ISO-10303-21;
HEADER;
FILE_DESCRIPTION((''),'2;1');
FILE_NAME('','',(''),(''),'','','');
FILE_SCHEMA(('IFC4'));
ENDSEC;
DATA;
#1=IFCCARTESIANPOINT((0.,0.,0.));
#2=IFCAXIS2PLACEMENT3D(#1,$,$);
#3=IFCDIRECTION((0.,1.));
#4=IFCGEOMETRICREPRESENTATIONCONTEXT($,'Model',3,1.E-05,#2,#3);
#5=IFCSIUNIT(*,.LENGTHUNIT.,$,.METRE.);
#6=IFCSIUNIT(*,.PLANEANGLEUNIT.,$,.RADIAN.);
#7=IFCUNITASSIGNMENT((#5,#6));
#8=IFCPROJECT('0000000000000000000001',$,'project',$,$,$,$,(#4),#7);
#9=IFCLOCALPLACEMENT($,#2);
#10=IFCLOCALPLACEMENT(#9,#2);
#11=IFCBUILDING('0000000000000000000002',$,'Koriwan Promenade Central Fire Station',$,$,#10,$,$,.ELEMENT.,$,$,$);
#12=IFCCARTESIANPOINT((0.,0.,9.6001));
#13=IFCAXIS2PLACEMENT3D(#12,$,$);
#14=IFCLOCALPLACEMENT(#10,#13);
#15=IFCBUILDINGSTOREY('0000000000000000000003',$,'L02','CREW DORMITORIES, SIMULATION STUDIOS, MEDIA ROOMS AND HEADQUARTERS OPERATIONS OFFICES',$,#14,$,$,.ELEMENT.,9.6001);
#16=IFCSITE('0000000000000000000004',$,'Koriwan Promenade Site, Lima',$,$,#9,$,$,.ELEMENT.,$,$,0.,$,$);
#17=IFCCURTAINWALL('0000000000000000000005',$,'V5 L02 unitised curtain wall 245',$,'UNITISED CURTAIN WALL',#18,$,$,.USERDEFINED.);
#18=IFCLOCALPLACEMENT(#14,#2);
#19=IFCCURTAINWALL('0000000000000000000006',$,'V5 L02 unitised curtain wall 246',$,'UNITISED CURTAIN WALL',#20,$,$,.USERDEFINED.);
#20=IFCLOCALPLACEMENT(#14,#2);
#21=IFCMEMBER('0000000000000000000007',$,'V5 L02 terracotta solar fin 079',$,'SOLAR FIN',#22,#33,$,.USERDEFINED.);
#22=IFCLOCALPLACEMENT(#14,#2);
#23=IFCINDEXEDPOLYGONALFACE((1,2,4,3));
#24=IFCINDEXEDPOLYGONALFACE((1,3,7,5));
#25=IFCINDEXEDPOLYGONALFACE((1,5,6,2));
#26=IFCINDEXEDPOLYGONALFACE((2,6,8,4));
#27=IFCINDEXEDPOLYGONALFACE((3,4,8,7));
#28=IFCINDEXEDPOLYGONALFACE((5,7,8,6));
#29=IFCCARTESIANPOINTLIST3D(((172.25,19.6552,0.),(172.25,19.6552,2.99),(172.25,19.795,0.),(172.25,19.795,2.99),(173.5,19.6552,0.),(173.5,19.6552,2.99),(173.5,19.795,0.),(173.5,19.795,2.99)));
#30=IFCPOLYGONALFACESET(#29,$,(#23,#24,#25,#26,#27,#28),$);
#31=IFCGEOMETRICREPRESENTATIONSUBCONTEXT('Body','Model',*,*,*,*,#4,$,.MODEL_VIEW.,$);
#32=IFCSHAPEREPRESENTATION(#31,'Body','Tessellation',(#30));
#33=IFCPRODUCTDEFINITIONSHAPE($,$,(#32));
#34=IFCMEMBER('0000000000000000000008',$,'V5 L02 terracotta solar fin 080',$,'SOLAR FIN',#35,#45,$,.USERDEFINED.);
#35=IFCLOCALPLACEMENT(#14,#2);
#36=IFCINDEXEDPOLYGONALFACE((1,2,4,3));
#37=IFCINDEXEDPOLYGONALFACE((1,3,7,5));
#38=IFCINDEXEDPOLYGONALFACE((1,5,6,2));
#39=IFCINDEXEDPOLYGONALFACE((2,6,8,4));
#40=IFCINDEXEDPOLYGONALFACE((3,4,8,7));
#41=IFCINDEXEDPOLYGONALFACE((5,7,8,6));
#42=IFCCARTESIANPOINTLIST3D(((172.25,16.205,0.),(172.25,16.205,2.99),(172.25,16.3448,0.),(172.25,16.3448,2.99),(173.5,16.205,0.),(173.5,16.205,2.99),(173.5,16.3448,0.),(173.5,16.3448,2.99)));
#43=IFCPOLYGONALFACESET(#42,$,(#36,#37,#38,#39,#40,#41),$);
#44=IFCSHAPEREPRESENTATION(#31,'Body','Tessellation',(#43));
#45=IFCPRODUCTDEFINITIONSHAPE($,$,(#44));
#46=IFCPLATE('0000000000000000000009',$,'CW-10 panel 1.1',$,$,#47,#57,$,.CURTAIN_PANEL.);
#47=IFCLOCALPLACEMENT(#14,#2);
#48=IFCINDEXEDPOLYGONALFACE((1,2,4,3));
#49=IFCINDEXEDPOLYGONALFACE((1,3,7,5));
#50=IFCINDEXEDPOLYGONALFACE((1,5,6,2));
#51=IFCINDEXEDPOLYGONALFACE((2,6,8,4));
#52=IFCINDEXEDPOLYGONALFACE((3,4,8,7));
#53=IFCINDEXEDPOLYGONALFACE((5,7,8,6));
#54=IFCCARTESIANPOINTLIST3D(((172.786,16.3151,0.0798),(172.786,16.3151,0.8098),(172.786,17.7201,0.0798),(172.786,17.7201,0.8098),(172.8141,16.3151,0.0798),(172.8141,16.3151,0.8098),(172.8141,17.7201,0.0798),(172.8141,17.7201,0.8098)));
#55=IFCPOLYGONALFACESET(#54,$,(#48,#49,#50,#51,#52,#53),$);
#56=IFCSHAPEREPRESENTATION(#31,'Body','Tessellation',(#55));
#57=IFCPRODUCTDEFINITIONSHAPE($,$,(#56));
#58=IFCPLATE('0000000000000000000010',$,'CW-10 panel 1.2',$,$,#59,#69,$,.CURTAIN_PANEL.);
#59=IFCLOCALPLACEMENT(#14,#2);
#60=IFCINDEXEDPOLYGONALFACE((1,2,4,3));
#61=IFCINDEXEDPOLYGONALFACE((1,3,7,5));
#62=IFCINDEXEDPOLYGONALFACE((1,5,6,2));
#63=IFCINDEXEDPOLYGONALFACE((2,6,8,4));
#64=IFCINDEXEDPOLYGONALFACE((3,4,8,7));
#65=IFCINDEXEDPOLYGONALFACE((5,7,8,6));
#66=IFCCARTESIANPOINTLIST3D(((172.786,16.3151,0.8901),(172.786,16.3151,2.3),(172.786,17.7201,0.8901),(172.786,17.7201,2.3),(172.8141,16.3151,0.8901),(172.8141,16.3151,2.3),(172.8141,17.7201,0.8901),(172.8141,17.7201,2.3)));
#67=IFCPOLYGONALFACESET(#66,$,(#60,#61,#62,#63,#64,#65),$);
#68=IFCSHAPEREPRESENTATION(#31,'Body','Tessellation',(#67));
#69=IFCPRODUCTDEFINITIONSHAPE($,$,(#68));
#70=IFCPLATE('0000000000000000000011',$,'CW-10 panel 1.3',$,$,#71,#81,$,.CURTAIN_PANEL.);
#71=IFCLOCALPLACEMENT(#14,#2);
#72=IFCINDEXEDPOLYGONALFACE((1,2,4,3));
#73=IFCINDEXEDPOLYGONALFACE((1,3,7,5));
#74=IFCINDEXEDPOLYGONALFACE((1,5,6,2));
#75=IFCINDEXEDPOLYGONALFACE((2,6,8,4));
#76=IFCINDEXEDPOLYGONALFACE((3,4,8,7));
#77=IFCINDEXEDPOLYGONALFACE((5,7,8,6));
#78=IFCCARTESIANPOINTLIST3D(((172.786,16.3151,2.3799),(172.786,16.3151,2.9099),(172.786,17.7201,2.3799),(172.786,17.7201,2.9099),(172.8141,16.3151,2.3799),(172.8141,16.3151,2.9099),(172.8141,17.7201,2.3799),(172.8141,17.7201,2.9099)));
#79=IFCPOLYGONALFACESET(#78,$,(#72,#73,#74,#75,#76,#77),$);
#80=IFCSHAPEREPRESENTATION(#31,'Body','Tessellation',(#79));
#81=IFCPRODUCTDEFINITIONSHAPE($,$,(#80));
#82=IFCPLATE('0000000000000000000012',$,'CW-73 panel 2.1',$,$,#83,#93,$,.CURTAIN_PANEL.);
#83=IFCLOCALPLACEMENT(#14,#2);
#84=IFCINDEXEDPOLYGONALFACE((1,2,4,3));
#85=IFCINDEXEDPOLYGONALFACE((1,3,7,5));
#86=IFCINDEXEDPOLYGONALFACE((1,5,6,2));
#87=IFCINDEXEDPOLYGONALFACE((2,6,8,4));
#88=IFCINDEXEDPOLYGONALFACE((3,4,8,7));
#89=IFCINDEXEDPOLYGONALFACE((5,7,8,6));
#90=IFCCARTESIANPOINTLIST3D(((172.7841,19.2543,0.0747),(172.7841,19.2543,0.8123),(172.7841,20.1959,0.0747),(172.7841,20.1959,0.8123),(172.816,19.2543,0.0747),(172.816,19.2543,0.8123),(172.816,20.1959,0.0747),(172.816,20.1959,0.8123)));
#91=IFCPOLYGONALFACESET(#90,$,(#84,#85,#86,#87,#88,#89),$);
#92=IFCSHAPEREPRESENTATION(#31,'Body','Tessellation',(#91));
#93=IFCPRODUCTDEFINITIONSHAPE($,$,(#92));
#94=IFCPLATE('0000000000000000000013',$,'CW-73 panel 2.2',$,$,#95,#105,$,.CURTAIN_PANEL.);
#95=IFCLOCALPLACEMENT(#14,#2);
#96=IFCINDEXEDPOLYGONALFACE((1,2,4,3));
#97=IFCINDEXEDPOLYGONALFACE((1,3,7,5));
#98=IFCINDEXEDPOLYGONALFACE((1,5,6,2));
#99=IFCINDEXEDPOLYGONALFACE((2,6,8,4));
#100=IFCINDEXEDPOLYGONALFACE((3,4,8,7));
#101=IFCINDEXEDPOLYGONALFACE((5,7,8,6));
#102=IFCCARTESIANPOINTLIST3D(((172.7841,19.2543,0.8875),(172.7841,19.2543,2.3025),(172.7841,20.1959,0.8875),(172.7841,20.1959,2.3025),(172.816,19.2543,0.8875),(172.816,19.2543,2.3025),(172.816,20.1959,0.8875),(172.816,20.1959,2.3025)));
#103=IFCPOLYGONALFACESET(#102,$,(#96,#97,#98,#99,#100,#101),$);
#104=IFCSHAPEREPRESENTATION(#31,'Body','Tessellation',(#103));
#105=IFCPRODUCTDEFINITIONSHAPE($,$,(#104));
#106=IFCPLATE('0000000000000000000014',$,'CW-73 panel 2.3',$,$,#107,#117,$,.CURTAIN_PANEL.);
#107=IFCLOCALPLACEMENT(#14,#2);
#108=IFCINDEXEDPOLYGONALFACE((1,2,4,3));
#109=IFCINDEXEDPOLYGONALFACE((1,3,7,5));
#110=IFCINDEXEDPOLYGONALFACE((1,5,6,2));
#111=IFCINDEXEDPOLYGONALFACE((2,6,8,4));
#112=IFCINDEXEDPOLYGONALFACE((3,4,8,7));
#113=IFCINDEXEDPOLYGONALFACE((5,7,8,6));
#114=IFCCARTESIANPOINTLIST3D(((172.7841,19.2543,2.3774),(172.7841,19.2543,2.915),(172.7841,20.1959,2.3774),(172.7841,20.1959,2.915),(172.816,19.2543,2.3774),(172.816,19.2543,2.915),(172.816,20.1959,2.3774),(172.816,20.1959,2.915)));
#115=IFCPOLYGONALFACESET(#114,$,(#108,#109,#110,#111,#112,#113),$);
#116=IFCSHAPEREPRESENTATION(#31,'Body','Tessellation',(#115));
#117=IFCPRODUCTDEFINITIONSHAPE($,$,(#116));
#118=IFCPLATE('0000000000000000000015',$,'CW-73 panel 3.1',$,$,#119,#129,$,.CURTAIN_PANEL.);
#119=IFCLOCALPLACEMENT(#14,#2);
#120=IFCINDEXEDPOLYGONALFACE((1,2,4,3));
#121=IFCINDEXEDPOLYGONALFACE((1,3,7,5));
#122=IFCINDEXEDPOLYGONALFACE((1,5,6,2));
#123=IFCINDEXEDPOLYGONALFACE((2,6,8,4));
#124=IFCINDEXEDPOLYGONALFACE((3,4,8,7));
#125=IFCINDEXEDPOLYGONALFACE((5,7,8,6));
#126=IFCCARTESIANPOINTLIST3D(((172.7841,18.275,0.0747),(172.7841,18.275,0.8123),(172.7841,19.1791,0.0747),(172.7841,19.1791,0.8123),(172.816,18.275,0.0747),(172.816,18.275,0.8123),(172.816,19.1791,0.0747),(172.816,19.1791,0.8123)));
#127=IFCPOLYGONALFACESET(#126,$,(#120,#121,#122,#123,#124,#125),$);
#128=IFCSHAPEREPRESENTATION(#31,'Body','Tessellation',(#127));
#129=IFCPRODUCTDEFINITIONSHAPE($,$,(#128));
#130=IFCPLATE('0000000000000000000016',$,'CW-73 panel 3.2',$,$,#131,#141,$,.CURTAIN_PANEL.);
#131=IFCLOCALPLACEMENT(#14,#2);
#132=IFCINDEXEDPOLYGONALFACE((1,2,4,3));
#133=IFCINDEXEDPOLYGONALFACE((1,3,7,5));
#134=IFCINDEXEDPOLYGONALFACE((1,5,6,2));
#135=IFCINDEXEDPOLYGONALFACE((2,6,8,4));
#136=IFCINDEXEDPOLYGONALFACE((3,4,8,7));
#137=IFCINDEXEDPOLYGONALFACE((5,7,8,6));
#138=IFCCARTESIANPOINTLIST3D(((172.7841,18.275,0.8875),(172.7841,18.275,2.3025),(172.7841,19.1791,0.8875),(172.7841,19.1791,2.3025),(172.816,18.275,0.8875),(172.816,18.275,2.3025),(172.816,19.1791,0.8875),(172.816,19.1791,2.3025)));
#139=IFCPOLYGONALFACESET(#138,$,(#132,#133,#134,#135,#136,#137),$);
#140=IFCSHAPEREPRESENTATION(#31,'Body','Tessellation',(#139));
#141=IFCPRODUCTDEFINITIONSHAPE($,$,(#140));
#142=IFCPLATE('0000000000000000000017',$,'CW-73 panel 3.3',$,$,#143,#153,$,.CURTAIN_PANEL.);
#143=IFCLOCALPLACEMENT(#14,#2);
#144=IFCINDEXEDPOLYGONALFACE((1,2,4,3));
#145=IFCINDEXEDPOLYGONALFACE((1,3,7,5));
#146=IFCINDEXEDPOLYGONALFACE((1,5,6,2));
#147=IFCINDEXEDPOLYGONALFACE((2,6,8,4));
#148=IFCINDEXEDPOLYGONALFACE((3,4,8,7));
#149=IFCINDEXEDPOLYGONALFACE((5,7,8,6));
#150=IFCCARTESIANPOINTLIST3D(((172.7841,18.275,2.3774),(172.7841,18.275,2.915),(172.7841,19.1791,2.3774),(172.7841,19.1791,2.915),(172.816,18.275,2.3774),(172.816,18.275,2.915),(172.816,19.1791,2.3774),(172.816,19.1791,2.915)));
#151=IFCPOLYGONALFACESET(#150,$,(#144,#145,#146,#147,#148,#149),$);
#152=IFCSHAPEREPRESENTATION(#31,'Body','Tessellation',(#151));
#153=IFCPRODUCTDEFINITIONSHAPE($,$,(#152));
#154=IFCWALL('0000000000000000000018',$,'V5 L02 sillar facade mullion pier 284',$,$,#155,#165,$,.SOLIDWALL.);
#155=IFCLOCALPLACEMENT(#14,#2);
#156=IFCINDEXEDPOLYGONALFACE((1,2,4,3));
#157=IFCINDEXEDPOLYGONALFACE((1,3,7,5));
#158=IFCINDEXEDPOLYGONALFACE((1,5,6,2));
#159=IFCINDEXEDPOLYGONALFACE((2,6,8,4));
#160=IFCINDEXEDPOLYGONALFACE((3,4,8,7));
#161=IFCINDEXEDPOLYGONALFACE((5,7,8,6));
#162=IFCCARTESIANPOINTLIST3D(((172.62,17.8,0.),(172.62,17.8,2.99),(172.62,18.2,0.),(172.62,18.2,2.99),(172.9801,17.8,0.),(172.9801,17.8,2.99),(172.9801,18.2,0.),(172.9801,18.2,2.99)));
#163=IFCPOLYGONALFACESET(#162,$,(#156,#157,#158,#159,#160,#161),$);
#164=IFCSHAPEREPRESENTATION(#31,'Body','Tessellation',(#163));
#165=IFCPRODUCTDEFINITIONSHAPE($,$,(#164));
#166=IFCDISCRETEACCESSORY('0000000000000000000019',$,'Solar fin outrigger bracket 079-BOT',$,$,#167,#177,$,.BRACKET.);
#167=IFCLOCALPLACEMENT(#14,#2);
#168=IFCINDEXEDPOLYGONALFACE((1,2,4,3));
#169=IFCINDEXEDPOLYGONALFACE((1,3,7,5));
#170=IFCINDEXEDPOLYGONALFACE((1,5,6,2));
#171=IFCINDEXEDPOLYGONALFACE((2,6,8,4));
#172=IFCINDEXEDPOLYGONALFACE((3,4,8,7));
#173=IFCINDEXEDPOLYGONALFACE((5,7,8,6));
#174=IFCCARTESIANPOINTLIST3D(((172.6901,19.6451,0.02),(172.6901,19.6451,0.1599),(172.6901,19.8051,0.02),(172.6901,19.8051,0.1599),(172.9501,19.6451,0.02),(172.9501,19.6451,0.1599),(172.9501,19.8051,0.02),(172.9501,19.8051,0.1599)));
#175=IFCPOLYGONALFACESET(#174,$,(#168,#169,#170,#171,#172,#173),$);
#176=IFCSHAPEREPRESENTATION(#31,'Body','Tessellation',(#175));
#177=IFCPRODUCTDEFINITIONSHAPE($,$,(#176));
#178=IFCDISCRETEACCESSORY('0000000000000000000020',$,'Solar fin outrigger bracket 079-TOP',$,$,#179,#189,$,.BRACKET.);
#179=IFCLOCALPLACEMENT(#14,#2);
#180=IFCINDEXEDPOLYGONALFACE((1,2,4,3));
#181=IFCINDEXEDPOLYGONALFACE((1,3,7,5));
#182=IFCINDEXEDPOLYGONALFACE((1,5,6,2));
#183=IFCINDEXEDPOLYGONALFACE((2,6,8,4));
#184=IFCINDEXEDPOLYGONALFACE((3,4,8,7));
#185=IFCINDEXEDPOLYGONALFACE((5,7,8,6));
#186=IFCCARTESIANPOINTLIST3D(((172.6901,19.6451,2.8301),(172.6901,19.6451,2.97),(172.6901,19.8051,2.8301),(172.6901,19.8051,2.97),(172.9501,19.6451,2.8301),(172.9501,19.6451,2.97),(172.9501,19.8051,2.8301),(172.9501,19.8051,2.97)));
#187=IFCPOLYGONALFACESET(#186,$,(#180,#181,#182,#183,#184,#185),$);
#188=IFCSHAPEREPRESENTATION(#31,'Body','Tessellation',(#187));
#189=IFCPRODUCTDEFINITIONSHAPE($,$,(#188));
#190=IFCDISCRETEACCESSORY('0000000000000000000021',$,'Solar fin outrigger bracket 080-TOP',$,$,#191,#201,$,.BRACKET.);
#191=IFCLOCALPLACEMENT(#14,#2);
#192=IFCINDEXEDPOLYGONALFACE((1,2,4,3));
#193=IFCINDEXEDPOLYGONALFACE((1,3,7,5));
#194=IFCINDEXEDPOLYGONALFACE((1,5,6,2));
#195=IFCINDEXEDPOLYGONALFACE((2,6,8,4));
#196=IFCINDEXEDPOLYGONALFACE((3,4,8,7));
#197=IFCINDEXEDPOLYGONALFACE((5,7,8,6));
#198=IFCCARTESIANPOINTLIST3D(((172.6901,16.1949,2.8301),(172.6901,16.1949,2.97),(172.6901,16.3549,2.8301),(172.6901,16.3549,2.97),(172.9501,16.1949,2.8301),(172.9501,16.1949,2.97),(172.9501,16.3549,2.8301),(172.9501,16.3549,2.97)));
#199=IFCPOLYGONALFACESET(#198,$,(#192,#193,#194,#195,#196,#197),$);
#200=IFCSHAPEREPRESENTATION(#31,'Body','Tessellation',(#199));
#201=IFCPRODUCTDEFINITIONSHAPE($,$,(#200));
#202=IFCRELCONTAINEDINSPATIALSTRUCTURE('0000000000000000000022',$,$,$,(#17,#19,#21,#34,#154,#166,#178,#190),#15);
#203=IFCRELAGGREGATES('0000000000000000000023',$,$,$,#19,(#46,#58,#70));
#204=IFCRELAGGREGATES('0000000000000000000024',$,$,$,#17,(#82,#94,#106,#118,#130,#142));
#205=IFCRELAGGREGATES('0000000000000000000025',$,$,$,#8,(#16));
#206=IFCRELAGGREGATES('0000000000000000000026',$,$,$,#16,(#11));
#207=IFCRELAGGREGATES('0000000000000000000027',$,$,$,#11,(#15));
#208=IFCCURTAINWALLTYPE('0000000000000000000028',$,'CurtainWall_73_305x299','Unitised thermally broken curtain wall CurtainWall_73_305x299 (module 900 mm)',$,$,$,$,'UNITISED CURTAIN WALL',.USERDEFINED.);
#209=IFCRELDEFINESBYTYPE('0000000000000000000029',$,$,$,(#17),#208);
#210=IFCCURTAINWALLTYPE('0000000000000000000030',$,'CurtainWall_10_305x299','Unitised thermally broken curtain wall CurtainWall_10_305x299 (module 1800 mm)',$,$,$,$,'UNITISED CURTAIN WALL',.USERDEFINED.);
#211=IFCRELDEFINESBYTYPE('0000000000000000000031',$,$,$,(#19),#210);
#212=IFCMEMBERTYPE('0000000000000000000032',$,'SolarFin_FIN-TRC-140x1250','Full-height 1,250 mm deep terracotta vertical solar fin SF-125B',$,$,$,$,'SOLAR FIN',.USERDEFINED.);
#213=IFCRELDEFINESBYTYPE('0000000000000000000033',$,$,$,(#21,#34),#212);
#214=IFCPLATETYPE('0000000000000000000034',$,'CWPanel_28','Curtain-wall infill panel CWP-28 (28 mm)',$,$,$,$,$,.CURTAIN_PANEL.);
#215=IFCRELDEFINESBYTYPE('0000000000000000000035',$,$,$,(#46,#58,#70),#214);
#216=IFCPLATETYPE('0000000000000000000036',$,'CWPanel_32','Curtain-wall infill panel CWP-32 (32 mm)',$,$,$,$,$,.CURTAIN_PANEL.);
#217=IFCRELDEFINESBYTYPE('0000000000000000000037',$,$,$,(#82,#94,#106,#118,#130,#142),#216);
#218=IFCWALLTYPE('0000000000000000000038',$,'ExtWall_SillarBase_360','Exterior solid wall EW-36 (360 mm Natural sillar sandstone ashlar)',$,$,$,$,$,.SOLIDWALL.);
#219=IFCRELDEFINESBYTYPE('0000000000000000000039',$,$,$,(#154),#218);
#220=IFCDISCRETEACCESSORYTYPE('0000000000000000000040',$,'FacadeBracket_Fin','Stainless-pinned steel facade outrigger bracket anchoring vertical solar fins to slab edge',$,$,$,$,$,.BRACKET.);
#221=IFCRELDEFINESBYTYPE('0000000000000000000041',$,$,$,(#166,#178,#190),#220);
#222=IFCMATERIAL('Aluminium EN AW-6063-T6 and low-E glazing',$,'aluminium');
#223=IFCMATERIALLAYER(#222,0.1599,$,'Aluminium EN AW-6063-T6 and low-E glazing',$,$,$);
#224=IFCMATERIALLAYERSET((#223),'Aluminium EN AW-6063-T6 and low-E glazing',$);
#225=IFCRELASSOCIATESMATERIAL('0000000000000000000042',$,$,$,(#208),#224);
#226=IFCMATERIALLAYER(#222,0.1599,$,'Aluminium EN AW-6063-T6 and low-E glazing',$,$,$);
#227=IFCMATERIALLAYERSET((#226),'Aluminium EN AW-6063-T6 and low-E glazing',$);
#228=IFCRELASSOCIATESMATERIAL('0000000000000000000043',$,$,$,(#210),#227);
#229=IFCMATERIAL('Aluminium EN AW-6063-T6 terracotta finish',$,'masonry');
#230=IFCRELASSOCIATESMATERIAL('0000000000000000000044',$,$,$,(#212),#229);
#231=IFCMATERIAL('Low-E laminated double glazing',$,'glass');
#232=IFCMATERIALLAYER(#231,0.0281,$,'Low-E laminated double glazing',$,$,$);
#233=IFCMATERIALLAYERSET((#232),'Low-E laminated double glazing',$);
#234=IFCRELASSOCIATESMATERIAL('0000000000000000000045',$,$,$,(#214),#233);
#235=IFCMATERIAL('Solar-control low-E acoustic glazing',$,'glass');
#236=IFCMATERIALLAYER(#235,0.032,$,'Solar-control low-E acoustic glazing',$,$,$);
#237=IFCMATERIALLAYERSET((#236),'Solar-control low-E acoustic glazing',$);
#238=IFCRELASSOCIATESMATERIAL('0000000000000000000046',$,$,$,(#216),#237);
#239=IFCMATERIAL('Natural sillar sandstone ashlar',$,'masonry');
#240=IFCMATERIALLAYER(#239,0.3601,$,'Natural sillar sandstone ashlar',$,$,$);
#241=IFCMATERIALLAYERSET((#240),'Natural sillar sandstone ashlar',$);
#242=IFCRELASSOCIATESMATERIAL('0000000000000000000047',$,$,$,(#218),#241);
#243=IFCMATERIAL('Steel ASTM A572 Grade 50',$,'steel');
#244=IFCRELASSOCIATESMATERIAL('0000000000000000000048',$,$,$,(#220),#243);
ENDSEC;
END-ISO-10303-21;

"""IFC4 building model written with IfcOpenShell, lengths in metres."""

from ifc_helpers import new_model, si_unit, direction, frame, frame_2d, origin, origin_2d, place, context, subcontext, project, spatial, rectangle, extrude, material, layer, layer_set, material_profile, profile_set, type_object, element, aggregate, save


model = new_model("IFC4")

# Units and contexts
model_context = context("Model", 3, precision=1e-05, world=origin(), true_north=direction((0.0, 1.0)))
body_context = subcontext(model_context, "Body", "Model", "MODEL_VIEW")
ifc_project = project(units=[si_unit("LENGTHUNIT", "METRE"), si_unit("PLANEANGLEUNIT", "RADIAN")], contexts=[model_context])

# Site, building, storey
site_placement = place(None, origin())
site = spatial("IfcSite", under=ifc_project, at=site_placement, Name="Koriwan Promenade Site, Lima", CompositionType="ELEMENT", RefElevation=0.0)
building_placement = place(site_placement, origin())
building = spatial("IfcBuilding", under=site, at=building_placement, Name="Koriwan Promenade Central Fire Station", CompositionType="ELEMENT")
storey_placement = place(building_placement, frame((0.0, 0.0, 9.6001)))
storey = spatial("IfcBuildingStorey", under=building, at=storey_placement, Name="L02", Description="CREW DORMITORIES, SIMULATION STUDIOS, MEDIA ROOMS AND HEADQUARTERS OPERATIONS OFFICES", CompositionType="ELEMENT", Elevation=9.6001)

# Curtain wall
ifc_material_1 = material(Name="Aluminium EN AW-6063-T6 and low-E glazing", Category="aluminium")
ifc_layer_1 = layer(ifc_material_1, 0.1599, Name="Aluminium EN AW-6063-T6 and low-E glazing")
ifc_layer_set_1 = layer_set([ifc_layer_1], Name="Aluminium EN AW-6063-T6 and low-E glazing")
curtain_wall_type_1 = type_object("IfcCurtainWallType", Name="CurtainWall_73_305x299", Description="Unitised thermally broken curtain wall CurtainWall_73_305x299 (module 900 mm)", ElementType="UNITISED CURTAIN WALL", PredefinedType="USERDEFINED", material=ifc_layer_set_1)
curtain_wall_1_placement = place(storey_placement, origin())
curtain_wall_1 = element("IfcCurtainWall", 1, at=curtain_wall_1_placement, inside=storey, type_object=curtain_wall_type_1, Name="V5 L02 unitised curtain wall 245", ObjectType="UNITISED CURTAIN WALL", PredefinedType="USERDEFINED")

# Curtain wall
ifc_layer_2 = layer(ifc_material_1, 0.1599, Name="Aluminium EN AW-6063-T6 and low-E glazing")
ifc_layer_set_2 = layer_set([ifc_layer_2], Name="Aluminium EN AW-6063-T6 and low-E glazing")
curtain_wall_type_2 = type_object("IfcCurtainWallType", Name="CurtainWall_10_305x299", Description="Unitised thermally broken curtain wall CurtainWall_10_305x299 (module 1800 mm)", ElementType="UNITISED CURTAIN WALL", PredefinedType="USERDEFINED", material=ifc_layer_set_2)
curtain_wall_2_placement = place(storey_placement, origin())
curtain_wall_2 = element("IfcCurtainWall", 2, at=curtain_wall_2_placement, inside=storey, type_object=curtain_wall_type_2, Name="V5 L02 unitised curtain wall 246", ObjectType="UNITISED CURTAIN WALL", PredefinedType="USERDEFINED")

# Members
ifc_material_2 = material(Name="Aluminium EN AW-6063-T6 terracotta finish", Category="masonry")
ifc_material_profile_1 = material_profile(ifc_material_2, rectangle(XDim=0.1399, YDim=1.25, at=origin_2d()), Name="FIN-TRC-140x1250")
ifc_profile_set_1 = profile_set([ifc_material_profile_1], Name="Aluminium EN AW-6063-T6 terracotta finish")
member_type_1 = type_object("IfcMemberType", Name="SolarFin_FIN-TRC-140x1250", Description="Full-height 1,250 mm deep terracotta vertical solar fin SF-125B", ElementType="SOLAR FIN", PredefinedType="USERDEFINED", material=ifc_profile_set_1)
for number, where, z_axis, x_axis, name in (
    (3, (172.875, 19.7251, 0.0), (0.0, 0.0, 1.0), (0.0, -1.0, 0.0), "V5 L02 terracotta solar fin 079"),
    (4, (172.875, 16.2749, 0.0), (0.0, 0.0, 1.0), (0.0, -1.0, 0.0), "V5 L02 terracotta solar fin 080"),
):
    element("IfcMember", number, at=place(storey_placement, frame(where, z_axis=z_axis, x_axis=x_axis)), inside=storey, type_object=member_type_1, Name=name, ObjectType="SOLAR FIN", PredefinedType="USERDEFINED", context=body_context, shape_type="SweptSolid", body=[
        extrude(rectangle(XDim=0.1399, YDim=1.25, at=origin_2d()), origin(), (0.0, 0.0, 1.0), 2.99),
    ])

# Plates
ifc_material_3 = material(Name="Low-E laminated double glazing", Category="glass")
ifc_layer_3 = layer(ifc_material_3, 0.0281, Name="Low-E laminated double glazing")
ifc_layer_set_3 = layer_set([ifc_layer_3], Name="Low-E laminated double glazing")
plate_type_1 = type_object("IfcPlateType", Name="CWPanel_28", Description="Curtain-wall infill panel CWP-28 (28 mm)", PredefinedType="CURTAIN_PANEL", material=ifc_layer_set_3)
plate_1_placement = place(storey_placement, frame((172.8, 17.0176, 0.0798), z_axis=(0.0, 0.0, 1.0), x_axis=(0.0, -1.0, 0.0)))
plate_1 = element("IfcPlate", 5, at=plate_1_placement, type_object=plate_type_1, Name="CW-10 panel 1.1", PredefinedType="CURTAIN_PANEL", context=body_context, shape_type="SweptSolid", body=[
    extrude(rectangle(XDim=1.405, YDim=0.0281, at=origin_2d()), origin(), (0.0, 0.0, 1.0), 0.73),
])
plate_2_placement = place(storey_placement, frame((172.8, 17.0176, 0.8901), z_axis=(0.0, 0.0, 1.0), x_axis=(0.0, -1.0, 0.0)))
plate_2 = element("IfcPlate", 6, at=plate_2_placement, type_object=plate_type_1, Name="CW-10 panel 1.2", PredefinedType="CURTAIN_PANEL", context=body_context, shape_type="SweptSolid", body=[
    extrude(rectangle(XDim=1.405, YDim=0.0281, at=origin_2d()), origin(), (0.0, 0.0, 1.0), 1.4099),
])
plate_3_placement = place(storey_placement, frame((172.8, 17.0176, 2.3799), z_axis=(0.0, 0.0, 1.0), x_axis=(0.0, -1.0, 0.0)))
plate_3 = element("IfcPlate", 7, at=plate_3_placement, type_object=plate_type_1, Name="CW-10 panel 1.3", PredefinedType="CURTAIN_PANEL", context=body_context, shape_type="SweptSolid", body=[
    extrude(rectangle(XDim=1.405, YDim=0.0281, at=origin_2d()), origin(), (0.0, 0.0, 1.0), 0.53),
])
aggregate(curtain_wall_2, [plate_1, plate_2, plate_3])
ifc_material_4 = material(Name="Solar-control low-E acoustic glazing", Category="glass")
ifc_layer_4 = layer(ifc_material_4, 0.032, Name="Solar-control low-E acoustic glazing")
ifc_layer_set_4 = layer_set([ifc_layer_4], Name="Solar-control low-E acoustic glazing")
plate_type_2 = type_object("IfcPlateType", Name="CWPanel_32", Description="Curtain-wall infill panel CWP-32 (32 mm)", PredefinedType="CURTAIN_PANEL", material=ifc_layer_set_4)
plate_4_placement = place(storey_placement, frame((172.8, 19.7251, 0.0747), z_axis=(0.0, 0.0, 1.0), x_axis=(0.0, -1.0, 0.0)))
plate_4 = element("IfcPlate", 8, at=plate_4_placement, type_object=plate_type_2, Name="CW-73 panel 2.1", PredefinedType="CURTAIN_PANEL", context=body_context, shape_type="SweptSolid", body=[
    extrude(rectangle(XDim=0.9417, YDim=0.032, at=origin_2d()), origin(), (0.0, 0.0, 1.0), 0.7375),
])
plate_5_placement = place(storey_placement, frame((172.8, 19.7251, 0.8875), z_axis=(0.0, 0.0, 1.0), x_axis=(0.0, -1.0, 0.0)))
plate_5 = element("IfcPlate", 9, at=plate_5_placement, type_object=plate_type_2, Name="CW-73 panel 2.2", PredefinedType="CURTAIN_PANEL", context=body_context, shape_type="SweptSolid", body=[
    extrude(rectangle(XDim=0.9417, YDim=0.032, at=origin_2d()), origin(), (0.0, 0.0, 1.0), 1.415),
])
plate_6_placement = place(storey_placement, frame((172.8, 19.7251, 2.3774), z_axis=(0.0, 0.0, 1.0), x_axis=(0.0, -1.0, 0.0)))
plate_6 = element("IfcPlate", 10, at=plate_6_placement, type_object=plate_type_2, Name="CW-73 panel 2.3", PredefinedType="CURTAIN_PANEL", context=body_context, shape_type="SweptSolid", body=[
    extrude(rectangle(XDim=0.9417, YDim=0.032, at=origin_2d()), origin(), (0.0, 0.0, 1.0), 0.5376),
])
plate_7_placement = place(storey_placement, frame((172.8, 18.7271, 0.0747), z_axis=(0.0, 0.0, 1.0), x_axis=(0.0, -1.0, 0.0)))
plate_7 = element("IfcPlate", 11, at=plate_7_placement, type_object=plate_type_2, Name="CW-73 panel 3.1", PredefinedType="CURTAIN_PANEL", context=body_context, shape_type="SweptSolid", body=[
    extrude(rectangle(XDim=0.9041, YDim=0.032, at=origin_2d()), origin(), (0.0, 0.0, 1.0), 0.7375),
])
plate_8_placement = place(storey_placement, frame((172.8, 18.7271, 0.8875), z_axis=(0.0, 0.0, 1.0), x_axis=(0.0, -1.0, 0.0)))
plate_8 = element("IfcPlate", 12, at=plate_8_placement, type_object=plate_type_2, Name="CW-73 panel 3.2", PredefinedType="CURTAIN_PANEL", context=body_context, shape_type="SweptSolid", body=[
    extrude(rectangle(XDim=0.9041, YDim=0.032, at=origin_2d()), origin(), (0.0, 0.0, 1.0), 1.415),
])
plate_9_placement = place(storey_placement, frame((172.8, 18.7271, 2.3774), z_axis=(0.0, 0.0, 1.0), x_axis=(0.0, -1.0, 0.0)))
plate_9 = element("IfcPlate", 13, at=plate_9_placement, type_object=plate_type_2, Name="CW-73 panel 3.3", PredefinedType="CURTAIN_PANEL", context=body_context, shape_type="SweptSolid", body=[
    extrude(rectangle(XDim=0.9041, YDim=0.032, at=origin_2d()), origin(), (0.0, 0.0, 1.0), 0.5376),
])
aggregate(curtain_wall_1, [plate_4, plate_5, plate_6, plate_7, plate_8, plate_9])

# Wall
ifc_material_5 = material(Name="Natural sillar sandstone ashlar", Category="masonry")
ifc_layer_5 = layer(ifc_material_5, 0.3601, Name="Natural sillar sandstone ashlar")
ifc_layer_set_5 = layer_set([ifc_layer_5], Name="Natural sillar sandstone ashlar")
wall_type = type_object("IfcWallType", Name="ExtWall_SillarBase_360", Description="Exterior solid wall EW-36 (360 mm Natural sillar sandstone ashlar)", PredefinedType="SOLIDWALL", material=ifc_layer_set_5)
wall_placement = place(storey_placement, frame((172.8, 18.2, 0.0), z_axis=(0.0, 0.0, 1.0), x_axis=(0.0, -1.0, 0.0)))
element("IfcWall", 14, at=wall_placement, inside=storey, type_object=wall_type, Name="V5 L02 sillar facade mullion pier 284", PredefinedType="SOLIDWALL", context=body_context, shape_type="SweptSolid", body=[
    extrude(rectangle(XDim=0.3999, YDim=0.3601, at=frame_2d((0.2, 0.0))), origin(), (0.0, 0.0, 1.0), 2.99),
])

# Discrete accessories
ifc_material_6 = material(Name="Steel ASTM A572 Grade 50", Category="steel")
discrete_accessory_type = type_object("IfcDiscreteAccessoryType", Name="FacadeBracket_Fin", Description="Stainless-pinned steel facade outrigger bracket anchoring vertical solar fins to slab edge", PredefinedType="BRACKET", material=ifc_material_6)
for number, where, z_axis, x_axis, name in (
    (15, (172.8201, 19.7251, 0.02), (0.0, 0.0, 1.0), (1.0, 0.0, 0.0), "Solar fin outrigger bracket 079-BOT"),
    (16, (172.8201, 19.7251, 2.8301), (0.0, 0.0, 1.0), (1.0, 0.0, 0.0), "Solar fin outrigger bracket 079-TOP"),
    (17, (172.8201, 16.2749, 2.8301), (0.0, 0.0, 1.0), (1.0, 0.0, 0.0), "Solar fin outrigger bracket 080-TOP"),
):
    element("IfcDiscreteAccessory", number, at=place(storey_placement, frame(where, z_axis=z_axis, x_axis=x_axis)), inside=storey, type_object=discrete_accessory_type, Name=name, PredefinedType="BRACKET", context=body_context, shape_type="SweptSolid", body=[
        extrude(rectangle(XDim=0.26, YDim=0.1599, at=origin_2d()), origin(), (0.0, 0.0, 1.0), 0.1399),
    ])

save(model, "model.ifc")
